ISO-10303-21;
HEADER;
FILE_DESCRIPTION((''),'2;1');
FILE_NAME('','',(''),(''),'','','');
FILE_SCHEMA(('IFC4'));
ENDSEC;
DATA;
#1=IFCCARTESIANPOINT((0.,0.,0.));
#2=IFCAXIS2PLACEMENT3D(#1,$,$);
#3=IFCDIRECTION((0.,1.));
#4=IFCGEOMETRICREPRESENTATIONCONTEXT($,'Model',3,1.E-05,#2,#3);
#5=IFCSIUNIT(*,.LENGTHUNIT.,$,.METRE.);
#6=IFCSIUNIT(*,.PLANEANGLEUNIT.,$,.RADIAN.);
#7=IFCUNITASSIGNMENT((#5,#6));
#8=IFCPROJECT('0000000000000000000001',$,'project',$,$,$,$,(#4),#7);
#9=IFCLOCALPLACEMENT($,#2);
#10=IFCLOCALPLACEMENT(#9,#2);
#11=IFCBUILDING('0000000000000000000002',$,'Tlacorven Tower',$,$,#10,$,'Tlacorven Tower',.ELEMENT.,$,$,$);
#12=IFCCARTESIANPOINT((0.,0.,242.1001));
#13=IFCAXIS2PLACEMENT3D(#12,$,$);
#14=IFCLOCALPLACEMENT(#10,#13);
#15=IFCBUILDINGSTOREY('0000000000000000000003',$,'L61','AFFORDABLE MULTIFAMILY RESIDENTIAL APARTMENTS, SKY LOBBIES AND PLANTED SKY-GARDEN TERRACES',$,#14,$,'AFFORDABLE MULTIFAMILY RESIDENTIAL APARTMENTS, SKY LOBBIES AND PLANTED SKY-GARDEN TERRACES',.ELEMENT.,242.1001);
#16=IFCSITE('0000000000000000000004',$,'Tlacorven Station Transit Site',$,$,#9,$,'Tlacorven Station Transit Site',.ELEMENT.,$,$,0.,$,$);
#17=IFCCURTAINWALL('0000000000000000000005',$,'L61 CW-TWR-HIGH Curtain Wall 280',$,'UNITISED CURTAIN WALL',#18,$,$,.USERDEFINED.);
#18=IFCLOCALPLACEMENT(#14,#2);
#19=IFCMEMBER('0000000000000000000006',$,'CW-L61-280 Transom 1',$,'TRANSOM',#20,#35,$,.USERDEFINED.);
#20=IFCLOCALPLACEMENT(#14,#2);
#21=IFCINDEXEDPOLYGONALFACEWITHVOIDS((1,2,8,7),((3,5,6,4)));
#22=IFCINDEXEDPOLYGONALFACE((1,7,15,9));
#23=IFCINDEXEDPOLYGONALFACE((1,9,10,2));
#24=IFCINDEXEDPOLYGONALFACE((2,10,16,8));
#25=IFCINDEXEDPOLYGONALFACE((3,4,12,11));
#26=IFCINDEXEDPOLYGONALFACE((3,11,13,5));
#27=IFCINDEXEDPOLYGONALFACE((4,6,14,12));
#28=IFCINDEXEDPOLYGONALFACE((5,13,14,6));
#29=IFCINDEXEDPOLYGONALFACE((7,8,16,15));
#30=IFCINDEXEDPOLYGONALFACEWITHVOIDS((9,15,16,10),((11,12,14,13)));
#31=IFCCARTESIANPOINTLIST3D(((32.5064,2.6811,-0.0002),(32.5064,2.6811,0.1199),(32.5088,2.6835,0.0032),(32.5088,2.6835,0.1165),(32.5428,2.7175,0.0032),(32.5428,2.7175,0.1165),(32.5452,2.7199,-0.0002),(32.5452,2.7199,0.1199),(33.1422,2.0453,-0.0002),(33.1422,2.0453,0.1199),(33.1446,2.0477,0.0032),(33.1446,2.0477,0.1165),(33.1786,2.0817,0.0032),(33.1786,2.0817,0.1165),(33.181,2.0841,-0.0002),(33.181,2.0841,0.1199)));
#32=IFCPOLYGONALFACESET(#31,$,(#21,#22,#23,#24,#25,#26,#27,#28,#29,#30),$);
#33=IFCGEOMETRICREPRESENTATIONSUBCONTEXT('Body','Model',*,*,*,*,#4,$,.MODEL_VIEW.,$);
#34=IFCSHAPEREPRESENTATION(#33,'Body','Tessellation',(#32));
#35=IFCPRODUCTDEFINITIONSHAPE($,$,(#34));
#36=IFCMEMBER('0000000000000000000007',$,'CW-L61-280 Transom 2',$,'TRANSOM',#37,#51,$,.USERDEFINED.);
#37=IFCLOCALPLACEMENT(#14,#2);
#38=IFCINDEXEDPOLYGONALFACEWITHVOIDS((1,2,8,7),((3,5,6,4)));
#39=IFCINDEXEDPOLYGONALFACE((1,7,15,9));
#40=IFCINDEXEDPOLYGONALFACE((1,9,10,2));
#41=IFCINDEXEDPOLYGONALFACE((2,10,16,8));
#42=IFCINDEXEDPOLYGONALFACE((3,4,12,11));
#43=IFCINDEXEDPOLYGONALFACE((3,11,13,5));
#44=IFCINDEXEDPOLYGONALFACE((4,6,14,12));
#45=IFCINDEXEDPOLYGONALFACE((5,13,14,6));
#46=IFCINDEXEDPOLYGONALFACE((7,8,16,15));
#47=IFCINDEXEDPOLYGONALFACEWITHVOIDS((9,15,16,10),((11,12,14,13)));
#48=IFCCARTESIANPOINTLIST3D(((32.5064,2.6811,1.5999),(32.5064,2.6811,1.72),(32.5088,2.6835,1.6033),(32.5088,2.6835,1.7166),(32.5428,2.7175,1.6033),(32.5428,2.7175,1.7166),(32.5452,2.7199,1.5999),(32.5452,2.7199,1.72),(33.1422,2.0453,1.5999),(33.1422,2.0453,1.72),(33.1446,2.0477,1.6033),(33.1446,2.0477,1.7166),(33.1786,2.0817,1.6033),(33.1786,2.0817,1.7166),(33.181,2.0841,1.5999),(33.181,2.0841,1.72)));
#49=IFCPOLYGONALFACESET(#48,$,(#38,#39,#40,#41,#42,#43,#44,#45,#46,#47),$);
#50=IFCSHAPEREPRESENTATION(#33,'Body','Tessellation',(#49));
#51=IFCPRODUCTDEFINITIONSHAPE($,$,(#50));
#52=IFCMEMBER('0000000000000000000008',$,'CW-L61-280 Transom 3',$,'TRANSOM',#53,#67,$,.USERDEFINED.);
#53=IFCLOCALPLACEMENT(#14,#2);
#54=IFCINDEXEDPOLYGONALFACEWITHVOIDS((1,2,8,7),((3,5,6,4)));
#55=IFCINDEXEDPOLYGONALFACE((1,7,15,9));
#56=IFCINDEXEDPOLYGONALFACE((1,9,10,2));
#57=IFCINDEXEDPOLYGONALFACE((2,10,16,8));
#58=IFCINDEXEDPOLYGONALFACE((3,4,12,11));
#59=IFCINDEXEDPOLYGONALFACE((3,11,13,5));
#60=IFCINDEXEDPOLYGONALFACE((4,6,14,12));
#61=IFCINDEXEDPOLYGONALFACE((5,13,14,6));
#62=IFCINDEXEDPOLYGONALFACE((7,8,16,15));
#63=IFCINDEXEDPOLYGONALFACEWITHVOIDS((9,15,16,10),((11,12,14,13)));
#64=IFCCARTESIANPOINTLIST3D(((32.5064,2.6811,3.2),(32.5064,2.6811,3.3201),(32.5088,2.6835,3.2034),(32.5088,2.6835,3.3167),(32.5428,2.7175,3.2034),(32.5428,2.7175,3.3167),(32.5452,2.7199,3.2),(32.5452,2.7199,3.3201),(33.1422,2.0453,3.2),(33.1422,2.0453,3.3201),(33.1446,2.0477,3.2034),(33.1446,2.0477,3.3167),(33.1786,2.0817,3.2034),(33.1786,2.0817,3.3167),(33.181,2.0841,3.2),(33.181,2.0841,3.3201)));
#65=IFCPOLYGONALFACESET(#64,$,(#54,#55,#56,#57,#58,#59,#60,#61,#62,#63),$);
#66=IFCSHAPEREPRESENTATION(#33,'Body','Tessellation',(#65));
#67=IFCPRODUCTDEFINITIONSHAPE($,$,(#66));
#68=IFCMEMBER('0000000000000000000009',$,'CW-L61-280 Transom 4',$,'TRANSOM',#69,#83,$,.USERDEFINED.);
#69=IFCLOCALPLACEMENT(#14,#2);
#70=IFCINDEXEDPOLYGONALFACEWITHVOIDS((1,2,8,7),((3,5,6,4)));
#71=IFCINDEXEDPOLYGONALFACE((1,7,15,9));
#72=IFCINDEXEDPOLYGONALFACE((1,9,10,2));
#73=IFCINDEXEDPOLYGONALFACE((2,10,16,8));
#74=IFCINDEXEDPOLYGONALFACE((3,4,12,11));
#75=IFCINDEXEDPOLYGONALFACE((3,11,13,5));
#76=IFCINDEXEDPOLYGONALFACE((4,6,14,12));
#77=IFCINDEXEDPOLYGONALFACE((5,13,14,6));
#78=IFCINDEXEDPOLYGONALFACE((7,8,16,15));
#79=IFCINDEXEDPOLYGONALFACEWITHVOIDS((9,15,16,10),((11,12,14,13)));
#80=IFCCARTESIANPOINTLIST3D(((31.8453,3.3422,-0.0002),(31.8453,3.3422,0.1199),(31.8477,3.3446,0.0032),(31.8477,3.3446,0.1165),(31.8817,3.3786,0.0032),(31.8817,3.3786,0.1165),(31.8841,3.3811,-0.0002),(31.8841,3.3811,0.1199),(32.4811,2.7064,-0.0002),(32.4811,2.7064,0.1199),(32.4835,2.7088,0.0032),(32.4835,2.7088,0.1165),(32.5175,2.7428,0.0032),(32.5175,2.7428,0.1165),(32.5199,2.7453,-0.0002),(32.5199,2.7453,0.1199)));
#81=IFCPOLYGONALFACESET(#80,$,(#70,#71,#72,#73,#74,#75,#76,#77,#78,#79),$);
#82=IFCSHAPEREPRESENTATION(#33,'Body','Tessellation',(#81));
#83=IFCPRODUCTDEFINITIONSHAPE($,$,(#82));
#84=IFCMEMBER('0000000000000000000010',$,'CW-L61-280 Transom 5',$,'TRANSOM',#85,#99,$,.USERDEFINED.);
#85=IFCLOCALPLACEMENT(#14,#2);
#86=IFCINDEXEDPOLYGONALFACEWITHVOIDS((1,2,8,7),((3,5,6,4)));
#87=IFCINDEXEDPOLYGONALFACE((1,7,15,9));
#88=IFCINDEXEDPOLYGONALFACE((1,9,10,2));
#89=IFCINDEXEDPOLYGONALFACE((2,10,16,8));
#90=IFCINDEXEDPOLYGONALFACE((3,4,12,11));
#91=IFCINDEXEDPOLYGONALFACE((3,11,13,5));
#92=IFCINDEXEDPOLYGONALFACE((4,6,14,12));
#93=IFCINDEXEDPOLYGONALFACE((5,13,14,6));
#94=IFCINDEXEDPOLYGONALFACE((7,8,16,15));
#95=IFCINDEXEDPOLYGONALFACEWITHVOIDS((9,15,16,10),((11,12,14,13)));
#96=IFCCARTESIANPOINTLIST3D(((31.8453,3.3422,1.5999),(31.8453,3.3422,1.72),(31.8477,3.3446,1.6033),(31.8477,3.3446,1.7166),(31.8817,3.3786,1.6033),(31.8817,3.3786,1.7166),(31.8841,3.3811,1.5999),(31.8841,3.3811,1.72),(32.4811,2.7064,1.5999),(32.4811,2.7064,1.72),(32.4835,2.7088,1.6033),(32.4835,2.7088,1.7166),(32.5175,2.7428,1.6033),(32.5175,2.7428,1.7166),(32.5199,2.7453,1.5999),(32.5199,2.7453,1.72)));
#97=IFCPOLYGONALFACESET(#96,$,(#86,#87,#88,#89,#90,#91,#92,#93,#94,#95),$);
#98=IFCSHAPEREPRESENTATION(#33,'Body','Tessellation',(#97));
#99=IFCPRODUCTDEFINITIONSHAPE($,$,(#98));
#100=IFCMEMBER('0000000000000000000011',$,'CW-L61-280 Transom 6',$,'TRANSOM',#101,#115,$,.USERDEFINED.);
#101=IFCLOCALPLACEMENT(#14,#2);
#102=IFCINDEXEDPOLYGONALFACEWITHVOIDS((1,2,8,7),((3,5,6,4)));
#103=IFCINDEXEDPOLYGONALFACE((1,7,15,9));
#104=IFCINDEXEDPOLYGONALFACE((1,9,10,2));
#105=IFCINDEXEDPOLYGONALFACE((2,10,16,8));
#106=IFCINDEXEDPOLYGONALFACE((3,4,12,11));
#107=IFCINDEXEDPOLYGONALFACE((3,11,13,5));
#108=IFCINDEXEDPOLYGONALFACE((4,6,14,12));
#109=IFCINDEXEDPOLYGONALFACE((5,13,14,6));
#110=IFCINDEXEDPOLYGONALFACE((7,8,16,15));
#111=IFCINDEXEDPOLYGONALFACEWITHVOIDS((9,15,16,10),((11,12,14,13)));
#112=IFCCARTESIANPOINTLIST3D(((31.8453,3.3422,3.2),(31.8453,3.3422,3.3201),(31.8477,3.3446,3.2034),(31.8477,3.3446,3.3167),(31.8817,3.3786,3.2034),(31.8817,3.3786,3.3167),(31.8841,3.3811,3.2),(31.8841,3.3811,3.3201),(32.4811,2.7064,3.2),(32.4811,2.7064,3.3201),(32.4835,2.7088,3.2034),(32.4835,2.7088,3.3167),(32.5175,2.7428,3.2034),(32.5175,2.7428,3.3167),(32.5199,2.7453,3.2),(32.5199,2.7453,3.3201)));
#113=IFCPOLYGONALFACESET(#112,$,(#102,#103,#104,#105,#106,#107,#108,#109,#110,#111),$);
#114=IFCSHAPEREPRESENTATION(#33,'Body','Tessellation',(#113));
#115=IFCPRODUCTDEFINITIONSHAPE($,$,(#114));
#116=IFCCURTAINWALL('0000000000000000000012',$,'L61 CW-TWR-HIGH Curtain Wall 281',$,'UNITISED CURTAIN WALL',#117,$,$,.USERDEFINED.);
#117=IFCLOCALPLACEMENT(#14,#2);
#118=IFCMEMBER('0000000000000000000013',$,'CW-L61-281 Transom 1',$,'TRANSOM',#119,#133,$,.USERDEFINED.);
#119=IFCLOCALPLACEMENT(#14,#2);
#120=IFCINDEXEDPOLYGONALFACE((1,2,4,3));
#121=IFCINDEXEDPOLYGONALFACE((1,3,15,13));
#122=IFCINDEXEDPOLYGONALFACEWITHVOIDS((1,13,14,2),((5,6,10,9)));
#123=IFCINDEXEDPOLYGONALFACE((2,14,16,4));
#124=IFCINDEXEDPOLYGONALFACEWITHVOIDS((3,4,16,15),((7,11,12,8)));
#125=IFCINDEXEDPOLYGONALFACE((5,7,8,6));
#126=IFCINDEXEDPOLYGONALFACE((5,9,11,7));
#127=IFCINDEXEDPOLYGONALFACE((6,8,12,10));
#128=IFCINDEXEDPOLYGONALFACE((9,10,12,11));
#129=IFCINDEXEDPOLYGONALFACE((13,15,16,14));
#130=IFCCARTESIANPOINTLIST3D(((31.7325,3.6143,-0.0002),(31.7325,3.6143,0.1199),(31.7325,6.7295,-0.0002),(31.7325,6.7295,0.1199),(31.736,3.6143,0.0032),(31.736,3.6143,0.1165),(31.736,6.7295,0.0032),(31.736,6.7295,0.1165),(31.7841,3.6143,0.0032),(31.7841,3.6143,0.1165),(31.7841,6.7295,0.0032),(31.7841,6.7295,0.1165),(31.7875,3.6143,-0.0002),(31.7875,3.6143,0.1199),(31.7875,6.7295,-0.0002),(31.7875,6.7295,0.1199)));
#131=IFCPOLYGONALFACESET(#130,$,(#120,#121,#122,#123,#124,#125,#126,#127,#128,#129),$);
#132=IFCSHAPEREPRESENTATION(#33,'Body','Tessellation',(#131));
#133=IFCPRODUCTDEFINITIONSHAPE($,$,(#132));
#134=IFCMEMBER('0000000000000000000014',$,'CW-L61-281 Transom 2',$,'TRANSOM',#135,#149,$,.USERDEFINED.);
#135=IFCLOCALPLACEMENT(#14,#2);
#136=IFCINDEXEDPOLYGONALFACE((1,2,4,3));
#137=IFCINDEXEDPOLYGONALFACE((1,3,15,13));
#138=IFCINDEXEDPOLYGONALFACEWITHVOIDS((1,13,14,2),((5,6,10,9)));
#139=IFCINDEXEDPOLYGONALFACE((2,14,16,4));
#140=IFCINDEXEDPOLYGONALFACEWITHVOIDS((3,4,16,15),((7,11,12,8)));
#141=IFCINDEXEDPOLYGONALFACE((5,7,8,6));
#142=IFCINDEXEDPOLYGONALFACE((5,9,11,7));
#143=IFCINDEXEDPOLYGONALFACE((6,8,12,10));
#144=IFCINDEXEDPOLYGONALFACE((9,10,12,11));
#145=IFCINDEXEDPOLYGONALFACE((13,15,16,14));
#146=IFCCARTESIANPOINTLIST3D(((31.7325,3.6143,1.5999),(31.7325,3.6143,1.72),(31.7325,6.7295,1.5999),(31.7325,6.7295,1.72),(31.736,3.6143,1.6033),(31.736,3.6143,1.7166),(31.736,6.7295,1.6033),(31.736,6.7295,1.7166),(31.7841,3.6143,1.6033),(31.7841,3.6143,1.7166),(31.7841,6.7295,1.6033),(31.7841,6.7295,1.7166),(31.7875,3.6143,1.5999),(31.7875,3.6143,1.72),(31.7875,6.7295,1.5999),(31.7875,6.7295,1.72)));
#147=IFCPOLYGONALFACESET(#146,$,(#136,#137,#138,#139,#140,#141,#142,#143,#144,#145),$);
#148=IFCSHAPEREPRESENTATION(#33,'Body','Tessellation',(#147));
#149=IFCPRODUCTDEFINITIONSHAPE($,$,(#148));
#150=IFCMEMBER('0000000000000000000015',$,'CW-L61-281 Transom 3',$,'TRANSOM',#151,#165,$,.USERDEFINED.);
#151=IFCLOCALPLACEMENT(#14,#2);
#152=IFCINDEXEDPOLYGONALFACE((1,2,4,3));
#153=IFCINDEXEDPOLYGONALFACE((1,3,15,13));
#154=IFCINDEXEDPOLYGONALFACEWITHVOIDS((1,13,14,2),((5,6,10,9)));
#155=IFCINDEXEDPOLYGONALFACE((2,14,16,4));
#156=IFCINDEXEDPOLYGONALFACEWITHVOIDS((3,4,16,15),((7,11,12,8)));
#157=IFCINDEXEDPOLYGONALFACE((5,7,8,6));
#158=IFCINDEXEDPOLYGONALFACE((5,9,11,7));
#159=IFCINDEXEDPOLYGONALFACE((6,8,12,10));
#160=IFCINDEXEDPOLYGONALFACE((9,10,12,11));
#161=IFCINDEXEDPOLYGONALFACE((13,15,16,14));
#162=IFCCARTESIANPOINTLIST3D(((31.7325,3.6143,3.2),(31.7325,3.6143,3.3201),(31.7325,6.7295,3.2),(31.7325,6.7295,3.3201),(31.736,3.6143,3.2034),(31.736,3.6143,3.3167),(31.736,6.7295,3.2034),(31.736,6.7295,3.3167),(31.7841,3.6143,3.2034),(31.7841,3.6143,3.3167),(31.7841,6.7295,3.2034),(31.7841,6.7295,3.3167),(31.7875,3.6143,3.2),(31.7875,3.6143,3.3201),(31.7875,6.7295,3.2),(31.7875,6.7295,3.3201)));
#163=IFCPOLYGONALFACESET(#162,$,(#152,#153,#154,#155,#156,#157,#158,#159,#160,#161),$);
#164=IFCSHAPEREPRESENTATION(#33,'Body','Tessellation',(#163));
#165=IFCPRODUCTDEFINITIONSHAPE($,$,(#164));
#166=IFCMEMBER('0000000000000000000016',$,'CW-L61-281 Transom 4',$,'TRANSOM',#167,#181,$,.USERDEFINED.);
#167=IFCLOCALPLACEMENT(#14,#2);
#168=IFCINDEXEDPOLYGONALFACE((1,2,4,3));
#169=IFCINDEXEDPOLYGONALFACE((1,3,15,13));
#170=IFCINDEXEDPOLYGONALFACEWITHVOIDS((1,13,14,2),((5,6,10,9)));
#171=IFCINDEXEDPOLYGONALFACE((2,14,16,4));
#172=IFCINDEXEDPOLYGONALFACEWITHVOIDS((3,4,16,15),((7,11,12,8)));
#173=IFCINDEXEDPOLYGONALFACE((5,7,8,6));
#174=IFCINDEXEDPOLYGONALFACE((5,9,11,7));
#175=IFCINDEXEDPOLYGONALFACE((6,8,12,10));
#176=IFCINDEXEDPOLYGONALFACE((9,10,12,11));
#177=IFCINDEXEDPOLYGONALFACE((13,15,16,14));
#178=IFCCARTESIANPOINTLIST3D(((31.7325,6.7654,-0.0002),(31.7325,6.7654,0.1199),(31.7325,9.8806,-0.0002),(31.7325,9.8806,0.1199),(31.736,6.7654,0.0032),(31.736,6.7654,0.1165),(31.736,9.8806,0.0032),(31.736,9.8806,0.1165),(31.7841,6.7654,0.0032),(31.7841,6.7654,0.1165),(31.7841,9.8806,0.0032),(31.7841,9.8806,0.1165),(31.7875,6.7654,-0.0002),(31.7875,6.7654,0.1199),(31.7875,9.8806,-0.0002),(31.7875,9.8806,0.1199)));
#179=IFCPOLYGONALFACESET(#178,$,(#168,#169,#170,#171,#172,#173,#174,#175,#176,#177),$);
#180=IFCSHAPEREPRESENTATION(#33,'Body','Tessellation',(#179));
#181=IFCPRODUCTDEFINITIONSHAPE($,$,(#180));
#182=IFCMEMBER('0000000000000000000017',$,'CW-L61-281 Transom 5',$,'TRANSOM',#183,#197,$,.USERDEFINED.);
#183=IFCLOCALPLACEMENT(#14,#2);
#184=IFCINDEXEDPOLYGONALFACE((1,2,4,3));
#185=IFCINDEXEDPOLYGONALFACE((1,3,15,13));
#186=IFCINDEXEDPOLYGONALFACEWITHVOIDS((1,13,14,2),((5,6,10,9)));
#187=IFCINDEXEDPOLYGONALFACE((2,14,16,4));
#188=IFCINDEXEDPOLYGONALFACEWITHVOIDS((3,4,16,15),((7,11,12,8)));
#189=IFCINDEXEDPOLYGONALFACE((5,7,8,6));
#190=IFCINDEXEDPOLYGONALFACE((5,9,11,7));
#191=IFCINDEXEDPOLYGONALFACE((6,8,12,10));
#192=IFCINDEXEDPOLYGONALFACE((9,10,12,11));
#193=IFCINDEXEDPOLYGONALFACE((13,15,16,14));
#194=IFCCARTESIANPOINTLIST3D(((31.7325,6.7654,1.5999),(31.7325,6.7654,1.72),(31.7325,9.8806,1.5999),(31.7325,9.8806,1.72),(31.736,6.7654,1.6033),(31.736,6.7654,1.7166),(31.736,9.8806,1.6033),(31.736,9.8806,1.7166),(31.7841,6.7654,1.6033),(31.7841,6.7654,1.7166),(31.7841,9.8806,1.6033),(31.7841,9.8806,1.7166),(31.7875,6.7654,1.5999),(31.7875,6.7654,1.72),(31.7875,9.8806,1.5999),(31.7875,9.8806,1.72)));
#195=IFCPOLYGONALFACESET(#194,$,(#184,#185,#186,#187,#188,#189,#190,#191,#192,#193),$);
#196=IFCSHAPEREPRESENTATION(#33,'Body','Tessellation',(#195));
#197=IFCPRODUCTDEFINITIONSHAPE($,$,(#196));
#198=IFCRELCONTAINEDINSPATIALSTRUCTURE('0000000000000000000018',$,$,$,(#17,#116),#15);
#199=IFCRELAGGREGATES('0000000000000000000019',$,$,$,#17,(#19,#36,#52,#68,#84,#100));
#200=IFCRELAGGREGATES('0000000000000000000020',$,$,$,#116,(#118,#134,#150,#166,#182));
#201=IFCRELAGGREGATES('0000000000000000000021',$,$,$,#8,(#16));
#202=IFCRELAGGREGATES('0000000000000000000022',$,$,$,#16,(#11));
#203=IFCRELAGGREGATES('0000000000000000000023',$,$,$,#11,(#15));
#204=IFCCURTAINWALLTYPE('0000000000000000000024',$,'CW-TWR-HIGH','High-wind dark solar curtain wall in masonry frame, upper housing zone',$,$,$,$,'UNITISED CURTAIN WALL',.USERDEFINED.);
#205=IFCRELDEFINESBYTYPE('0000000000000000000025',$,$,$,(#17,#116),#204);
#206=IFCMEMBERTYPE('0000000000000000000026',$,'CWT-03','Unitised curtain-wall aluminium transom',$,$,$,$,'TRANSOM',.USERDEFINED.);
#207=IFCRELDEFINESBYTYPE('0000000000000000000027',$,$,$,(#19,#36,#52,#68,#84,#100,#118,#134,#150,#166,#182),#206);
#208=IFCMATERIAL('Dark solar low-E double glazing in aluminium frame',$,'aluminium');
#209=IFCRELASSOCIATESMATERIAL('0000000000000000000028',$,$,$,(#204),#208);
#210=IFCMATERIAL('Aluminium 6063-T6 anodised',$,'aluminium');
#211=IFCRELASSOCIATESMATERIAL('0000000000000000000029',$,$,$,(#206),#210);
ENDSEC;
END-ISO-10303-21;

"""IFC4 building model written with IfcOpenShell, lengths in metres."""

from ifc_helpers import new_model, si_unit, direction, frame, origin, origin_2d, place, context, subcontext, project, spatial, hollow_rectangle, extrude, source, transform, mapped, material, material_profile, profile_set, type_object, element, aggregate, save


model = new_model("IFC4")

# Units and contexts
model_context = context("Model", 3, precision=1e-05, world=origin(), true_north=direction((0.0, 1.0)))
body_context = subcontext(model_context, "Body", "Model", "MODEL_VIEW")
ifc_project = project(units=[si_unit("LENGTHUNIT", "METRE"), si_unit("PLANEANGLEUNIT", "RADIAN")], contexts=[model_context])

# Site, building, storey
site_placement = place(None, origin())
site = spatial("IfcSite", under=ifc_project, at=site_placement, Name="Tlacorven Station Transit Site", LongName="Tlacorven Station Transit Site", CompositionType="ELEMENT", RefElevation=0.0)
building_placement = place(site_placement, origin())
building = spatial("IfcBuilding", under=site, at=building_placement, Name="Tlacorven Tower", LongName="Tlacorven Tower", CompositionType="ELEMENT")
storey_placement = place(building_placement, frame((0.0, 0.0, 242.1001)))
storey = spatial("IfcBuildingStorey", under=building, at=storey_placement, Name="L61", Description="AFFORDABLE MULTIFAMILY RESIDENTIAL APARTMENTS, SKY LOBBIES AND PLANTED SKY-GARDEN TERRACES", LongName="AFFORDABLE MULTIFAMILY RESIDENTIAL APARTMENTS, SKY LOBBIES AND PLANTED SKY-GARDEN TERRACES", CompositionType="ELEMENT", Elevation=242.1001)

# Curtain walls, members
ifc_material_1 = material(Name="Dark solar low-E double glazing in aluminium frame", Category="aluminium")
curtain_wall_type = type_object("IfcCurtainWallType", Name="CW-TWR-HIGH", Description="High-wind dark solar curtain wall in masonry frame, upper housing zone", ElementType="UNITISED CURTAIN WALL", PredefinedType="USERDEFINED", material=ifc_material_1)
curtain_wall_1_placement = place(storey_placement, origin())
curtain_wall_1 = element("IfcCurtainWall", 1, at=curtain_wall_1_placement, inside=storey, type_object=curtain_wall_type, Name="L61 CW-TWR-HIGH Curtain Wall 280", ObjectType="UNITISED CURTAIN WALL", PredefinedType="USERDEFINED")
ifc_material_2 = material(Name="Aluminium 6063-T6 anodised", Category="aluminium")
ifc_material_profile_1 = material_profile(ifc_material_2, hollow_rectangle(XDim=0.0549, YDim=0.1201, WallThickness=0.0034, at=origin_2d()), Name="ALU TRANSOM 55X120")
ifc_profile_set_1 = profile_set([ifc_material_profile_1], Name="Aluminium 6063-T6 anodised")
member_type_1 = type_object("IfcMemberType", Name="CWT-03", Description="Unitised curtain-wall aluminium transom", ElementType="TRANSOM", PredefinedType="USERDEFINED", material=ifc_profile_set_1)
shared_shape_1 = source(origin(), body_context, "Body", "SweptSolid", [
    extrude(hollow_rectangle(XDim=0.0549, YDim=0.1201, WallThickness=0.0034, at=origin_2d()), origin(), (0.0, 0.0, 1.0), 0.8992),
])
member_1_placement = place(storey_placement, frame((33.1616, 2.0647, 0.0598), z_axis=(-0.707107, 0.707107, 0.0), x_axis=(-0.707107, -0.707107, 0.0)))
member_1 = element("IfcMember", 2, at=member_1_placement, type_object=member_type_1, Name="CW-L61-280 Transom 1", ObjectType="TRANSOM", PredefinedType="USERDEFINED", context=body_context, shape_type="MappedRepresentation", body=[
    mapped(shared_shape_1, transform((0.0, 0.0, 0.0), scale=1.0)),
])
member_2_placement = place(storey_placement, frame((33.1616, 2.0647, 1.6599), z_axis=(-0.707107, 0.707107, 0.0), x_axis=(-0.707107, -0.707107, 0.0)))
member_2 = element("IfcMember", 3, at=member_2_placement, type_object=member_type_1, Name="CW-L61-280 Transom 2", ObjectType="TRANSOM", PredefinedType="USERDEFINED", context=body_context, shape_type="MappedRepresentation", body=[
    mapped(shared_shape_1, transform((0.0, 0.0, 0.0), scale=1.0)),
])
member_3_placement = place(storey_placement, frame((33.1616, 2.0647, 3.26), z_axis=(-0.707107, 0.707107, 0.0), x_axis=(-0.707107, -0.707107, 0.0)))
member_3 = element("IfcMember", 4, at=member_3_placement, type_object=member_type_1, Name="CW-L61-280 Transom 3", ObjectType="TRANSOM", PredefinedType="USERDEFINED", context=body_context, shape_type="MappedRepresentation", body=[
    mapped(shared_shape_1, transform((0.0, 0.0, 0.0), scale=1.0)),
])
member_4_placement = place(storey_placement, frame((32.5005, 2.7258, 0.0598), z_axis=(-0.707107, 0.707107, 0.0), x_axis=(-0.707107, -0.707107, 0.0)))
member_4 = element("IfcMember", 5, at=member_4_placement, type_object=member_type_1, Name="CW-L61-280 Transom 4", ObjectType="TRANSOM", PredefinedType="USERDEFINED", context=body_context, shape_type="MappedRepresentation", body=[
    mapped(shared_shape_1, transform((0.0, 0.0, 0.0), scale=1.0)),
])
member_5_placement = place(storey_placement, frame((32.5005, 2.7258, 1.6599), z_axis=(-0.707107, 0.707107, 0.0), x_axis=(-0.707107, -0.707107, 0.0)))
member_5 = element("IfcMember", 6, at=member_5_placement, type_object=member_type_1, Name="CW-L61-280 Transom 5", ObjectType="TRANSOM", PredefinedType="USERDEFINED", context=body_context, shape_type="MappedRepresentation", body=[
    mapped(shared_shape_1, transform((0.0, 0.0, 0.0), scale=1.0)),
])
member_6_placement = place(storey_placement, frame((32.5005, 2.7258, 3.26), z_axis=(-0.707107, 0.707107, 0.0), x_axis=(-0.707107, -0.707107, 0.0)))
member_6 = element("IfcMember", 7, at=member_6_placement, type_object=member_type_1, Name="CW-L61-280 Transom 6", ObjectType="TRANSOM", PredefinedType="USERDEFINED", context=body_context, shape_type="MappedRepresentation", body=[
    mapped(shared_shape_1, transform((0.0, 0.0, 0.0), scale=1.0)),
])
curtain_wall_2_placement = place(storey_placement, origin())
curtain_wall_2 = element("IfcCurtainWall", 8, at=curtain_wall_2_placement, inside=storey, type_object=curtain_wall_type, Name="L61 CW-TWR-HIGH Curtain Wall 281", ObjectType="UNITISED CURTAIN WALL", PredefinedType="USERDEFINED")
shared_shape_2 = source(origin(), body_context, "Body", "SweptSolid", [
    extrude(hollow_rectangle(XDim=0.0549, YDim=0.1201, WallThickness=0.0034, at=origin_2d()), origin(), (0.0, 0.0, 1.0), 3.1152),
])
member_7_placement = place(storey_placement, frame((31.76, 3.6143, 0.0598), z_axis=(0.0, 1.0, 0.0), x_axis=(-1.0, 0.0, 0.0)))
member_7 = element("IfcMember", 9, at=member_7_placement, type_object=member_type_1, Name="CW-L61-281 Transom 1", ObjectType="TRANSOM", PredefinedType="USERDEFINED", context=body_context, shape_type="MappedRepresentation", body=[
    mapped(shared_shape_2, transform((0.0, 0.0, 0.0), scale=1.0)),
])
member_8_placement = place(storey_placement, frame((31.76, 3.6143, 1.6599), z_axis=(0.0, 1.0, 0.0), x_axis=(-1.0, 0.0, 0.0)))
member_8 = element("IfcMember", 10, at=member_8_placement, type_object=member_type_1, Name="CW-L61-281 Transom 2", ObjectType="TRANSOM", PredefinedType="USERDEFINED", context=body_context, shape_type="MappedRepresentation", body=[
    mapped(shared_shape_2, transform((0.0, 0.0, 0.0), scale=1.0)),
])
member_9_placement = place(storey_placement, frame((31.76, 3.6143, 3.26), z_axis=(0.0, 1.0, 0.0), x_axis=(-1.0, 0.0, 0.0)))
member_9 = element("IfcMember", 11, at=member_9_placement, type_object=member_type_1, Name="CW-L61-281 Transom 3", ObjectType="TRANSOM", PredefinedType="USERDEFINED", context=body_context, shape_type="MappedRepresentation", body=[
    mapped(shared_shape_2, transform((0.0, 0.0, 0.0), scale=1.0)),
])
member_10_placement = place(storey_placement, frame((31.76, 6.7654, 0.0598), z_axis=(0.0, 1.0, 0.0), x_axis=(-1.0, 0.0, 0.0)))
member_10 = element("IfcMember", 12, at=member_10_placement, type_object=member_type_1, Name="CW-L61-281 Transom 4", ObjectType="TRANSOM", PredefinedType="USERDEFINED", context=body_context, shape_type="MappedRepresentation", body=[
    mapped(shared_shape_2, transform((0.0, 0.0, 0.0), scale=1.0)),
])
member_11_placement = place(storey_placement, frame((31.76, 6.7654, 1.6599), z_axis=(0.0, 1.0, 0.0), x_axis=(-1.0, 0.0, 0.0)))
member_11 = element("IfcMember", 13, at=member_11_placement, type_object=member_type_1, Name="CW-L61-281 Transom 5", ObjectType="TRANSOM", PredefinedType="USERDEFINED", context=body_context, shape_type="MappedRepresentation", body=[
    mapped(shared_shape_2, transform((0.0, 0.0, 0.0), scale=1.0)),
])

aggregate(curtain_wall_1, [member_1, member_2, member_3, member_4, member_5, member_6])
aggregate(curtain_wall_2, [member_7, member_8, member_9, member_10, member_11])

save(model, "model.ifc")
